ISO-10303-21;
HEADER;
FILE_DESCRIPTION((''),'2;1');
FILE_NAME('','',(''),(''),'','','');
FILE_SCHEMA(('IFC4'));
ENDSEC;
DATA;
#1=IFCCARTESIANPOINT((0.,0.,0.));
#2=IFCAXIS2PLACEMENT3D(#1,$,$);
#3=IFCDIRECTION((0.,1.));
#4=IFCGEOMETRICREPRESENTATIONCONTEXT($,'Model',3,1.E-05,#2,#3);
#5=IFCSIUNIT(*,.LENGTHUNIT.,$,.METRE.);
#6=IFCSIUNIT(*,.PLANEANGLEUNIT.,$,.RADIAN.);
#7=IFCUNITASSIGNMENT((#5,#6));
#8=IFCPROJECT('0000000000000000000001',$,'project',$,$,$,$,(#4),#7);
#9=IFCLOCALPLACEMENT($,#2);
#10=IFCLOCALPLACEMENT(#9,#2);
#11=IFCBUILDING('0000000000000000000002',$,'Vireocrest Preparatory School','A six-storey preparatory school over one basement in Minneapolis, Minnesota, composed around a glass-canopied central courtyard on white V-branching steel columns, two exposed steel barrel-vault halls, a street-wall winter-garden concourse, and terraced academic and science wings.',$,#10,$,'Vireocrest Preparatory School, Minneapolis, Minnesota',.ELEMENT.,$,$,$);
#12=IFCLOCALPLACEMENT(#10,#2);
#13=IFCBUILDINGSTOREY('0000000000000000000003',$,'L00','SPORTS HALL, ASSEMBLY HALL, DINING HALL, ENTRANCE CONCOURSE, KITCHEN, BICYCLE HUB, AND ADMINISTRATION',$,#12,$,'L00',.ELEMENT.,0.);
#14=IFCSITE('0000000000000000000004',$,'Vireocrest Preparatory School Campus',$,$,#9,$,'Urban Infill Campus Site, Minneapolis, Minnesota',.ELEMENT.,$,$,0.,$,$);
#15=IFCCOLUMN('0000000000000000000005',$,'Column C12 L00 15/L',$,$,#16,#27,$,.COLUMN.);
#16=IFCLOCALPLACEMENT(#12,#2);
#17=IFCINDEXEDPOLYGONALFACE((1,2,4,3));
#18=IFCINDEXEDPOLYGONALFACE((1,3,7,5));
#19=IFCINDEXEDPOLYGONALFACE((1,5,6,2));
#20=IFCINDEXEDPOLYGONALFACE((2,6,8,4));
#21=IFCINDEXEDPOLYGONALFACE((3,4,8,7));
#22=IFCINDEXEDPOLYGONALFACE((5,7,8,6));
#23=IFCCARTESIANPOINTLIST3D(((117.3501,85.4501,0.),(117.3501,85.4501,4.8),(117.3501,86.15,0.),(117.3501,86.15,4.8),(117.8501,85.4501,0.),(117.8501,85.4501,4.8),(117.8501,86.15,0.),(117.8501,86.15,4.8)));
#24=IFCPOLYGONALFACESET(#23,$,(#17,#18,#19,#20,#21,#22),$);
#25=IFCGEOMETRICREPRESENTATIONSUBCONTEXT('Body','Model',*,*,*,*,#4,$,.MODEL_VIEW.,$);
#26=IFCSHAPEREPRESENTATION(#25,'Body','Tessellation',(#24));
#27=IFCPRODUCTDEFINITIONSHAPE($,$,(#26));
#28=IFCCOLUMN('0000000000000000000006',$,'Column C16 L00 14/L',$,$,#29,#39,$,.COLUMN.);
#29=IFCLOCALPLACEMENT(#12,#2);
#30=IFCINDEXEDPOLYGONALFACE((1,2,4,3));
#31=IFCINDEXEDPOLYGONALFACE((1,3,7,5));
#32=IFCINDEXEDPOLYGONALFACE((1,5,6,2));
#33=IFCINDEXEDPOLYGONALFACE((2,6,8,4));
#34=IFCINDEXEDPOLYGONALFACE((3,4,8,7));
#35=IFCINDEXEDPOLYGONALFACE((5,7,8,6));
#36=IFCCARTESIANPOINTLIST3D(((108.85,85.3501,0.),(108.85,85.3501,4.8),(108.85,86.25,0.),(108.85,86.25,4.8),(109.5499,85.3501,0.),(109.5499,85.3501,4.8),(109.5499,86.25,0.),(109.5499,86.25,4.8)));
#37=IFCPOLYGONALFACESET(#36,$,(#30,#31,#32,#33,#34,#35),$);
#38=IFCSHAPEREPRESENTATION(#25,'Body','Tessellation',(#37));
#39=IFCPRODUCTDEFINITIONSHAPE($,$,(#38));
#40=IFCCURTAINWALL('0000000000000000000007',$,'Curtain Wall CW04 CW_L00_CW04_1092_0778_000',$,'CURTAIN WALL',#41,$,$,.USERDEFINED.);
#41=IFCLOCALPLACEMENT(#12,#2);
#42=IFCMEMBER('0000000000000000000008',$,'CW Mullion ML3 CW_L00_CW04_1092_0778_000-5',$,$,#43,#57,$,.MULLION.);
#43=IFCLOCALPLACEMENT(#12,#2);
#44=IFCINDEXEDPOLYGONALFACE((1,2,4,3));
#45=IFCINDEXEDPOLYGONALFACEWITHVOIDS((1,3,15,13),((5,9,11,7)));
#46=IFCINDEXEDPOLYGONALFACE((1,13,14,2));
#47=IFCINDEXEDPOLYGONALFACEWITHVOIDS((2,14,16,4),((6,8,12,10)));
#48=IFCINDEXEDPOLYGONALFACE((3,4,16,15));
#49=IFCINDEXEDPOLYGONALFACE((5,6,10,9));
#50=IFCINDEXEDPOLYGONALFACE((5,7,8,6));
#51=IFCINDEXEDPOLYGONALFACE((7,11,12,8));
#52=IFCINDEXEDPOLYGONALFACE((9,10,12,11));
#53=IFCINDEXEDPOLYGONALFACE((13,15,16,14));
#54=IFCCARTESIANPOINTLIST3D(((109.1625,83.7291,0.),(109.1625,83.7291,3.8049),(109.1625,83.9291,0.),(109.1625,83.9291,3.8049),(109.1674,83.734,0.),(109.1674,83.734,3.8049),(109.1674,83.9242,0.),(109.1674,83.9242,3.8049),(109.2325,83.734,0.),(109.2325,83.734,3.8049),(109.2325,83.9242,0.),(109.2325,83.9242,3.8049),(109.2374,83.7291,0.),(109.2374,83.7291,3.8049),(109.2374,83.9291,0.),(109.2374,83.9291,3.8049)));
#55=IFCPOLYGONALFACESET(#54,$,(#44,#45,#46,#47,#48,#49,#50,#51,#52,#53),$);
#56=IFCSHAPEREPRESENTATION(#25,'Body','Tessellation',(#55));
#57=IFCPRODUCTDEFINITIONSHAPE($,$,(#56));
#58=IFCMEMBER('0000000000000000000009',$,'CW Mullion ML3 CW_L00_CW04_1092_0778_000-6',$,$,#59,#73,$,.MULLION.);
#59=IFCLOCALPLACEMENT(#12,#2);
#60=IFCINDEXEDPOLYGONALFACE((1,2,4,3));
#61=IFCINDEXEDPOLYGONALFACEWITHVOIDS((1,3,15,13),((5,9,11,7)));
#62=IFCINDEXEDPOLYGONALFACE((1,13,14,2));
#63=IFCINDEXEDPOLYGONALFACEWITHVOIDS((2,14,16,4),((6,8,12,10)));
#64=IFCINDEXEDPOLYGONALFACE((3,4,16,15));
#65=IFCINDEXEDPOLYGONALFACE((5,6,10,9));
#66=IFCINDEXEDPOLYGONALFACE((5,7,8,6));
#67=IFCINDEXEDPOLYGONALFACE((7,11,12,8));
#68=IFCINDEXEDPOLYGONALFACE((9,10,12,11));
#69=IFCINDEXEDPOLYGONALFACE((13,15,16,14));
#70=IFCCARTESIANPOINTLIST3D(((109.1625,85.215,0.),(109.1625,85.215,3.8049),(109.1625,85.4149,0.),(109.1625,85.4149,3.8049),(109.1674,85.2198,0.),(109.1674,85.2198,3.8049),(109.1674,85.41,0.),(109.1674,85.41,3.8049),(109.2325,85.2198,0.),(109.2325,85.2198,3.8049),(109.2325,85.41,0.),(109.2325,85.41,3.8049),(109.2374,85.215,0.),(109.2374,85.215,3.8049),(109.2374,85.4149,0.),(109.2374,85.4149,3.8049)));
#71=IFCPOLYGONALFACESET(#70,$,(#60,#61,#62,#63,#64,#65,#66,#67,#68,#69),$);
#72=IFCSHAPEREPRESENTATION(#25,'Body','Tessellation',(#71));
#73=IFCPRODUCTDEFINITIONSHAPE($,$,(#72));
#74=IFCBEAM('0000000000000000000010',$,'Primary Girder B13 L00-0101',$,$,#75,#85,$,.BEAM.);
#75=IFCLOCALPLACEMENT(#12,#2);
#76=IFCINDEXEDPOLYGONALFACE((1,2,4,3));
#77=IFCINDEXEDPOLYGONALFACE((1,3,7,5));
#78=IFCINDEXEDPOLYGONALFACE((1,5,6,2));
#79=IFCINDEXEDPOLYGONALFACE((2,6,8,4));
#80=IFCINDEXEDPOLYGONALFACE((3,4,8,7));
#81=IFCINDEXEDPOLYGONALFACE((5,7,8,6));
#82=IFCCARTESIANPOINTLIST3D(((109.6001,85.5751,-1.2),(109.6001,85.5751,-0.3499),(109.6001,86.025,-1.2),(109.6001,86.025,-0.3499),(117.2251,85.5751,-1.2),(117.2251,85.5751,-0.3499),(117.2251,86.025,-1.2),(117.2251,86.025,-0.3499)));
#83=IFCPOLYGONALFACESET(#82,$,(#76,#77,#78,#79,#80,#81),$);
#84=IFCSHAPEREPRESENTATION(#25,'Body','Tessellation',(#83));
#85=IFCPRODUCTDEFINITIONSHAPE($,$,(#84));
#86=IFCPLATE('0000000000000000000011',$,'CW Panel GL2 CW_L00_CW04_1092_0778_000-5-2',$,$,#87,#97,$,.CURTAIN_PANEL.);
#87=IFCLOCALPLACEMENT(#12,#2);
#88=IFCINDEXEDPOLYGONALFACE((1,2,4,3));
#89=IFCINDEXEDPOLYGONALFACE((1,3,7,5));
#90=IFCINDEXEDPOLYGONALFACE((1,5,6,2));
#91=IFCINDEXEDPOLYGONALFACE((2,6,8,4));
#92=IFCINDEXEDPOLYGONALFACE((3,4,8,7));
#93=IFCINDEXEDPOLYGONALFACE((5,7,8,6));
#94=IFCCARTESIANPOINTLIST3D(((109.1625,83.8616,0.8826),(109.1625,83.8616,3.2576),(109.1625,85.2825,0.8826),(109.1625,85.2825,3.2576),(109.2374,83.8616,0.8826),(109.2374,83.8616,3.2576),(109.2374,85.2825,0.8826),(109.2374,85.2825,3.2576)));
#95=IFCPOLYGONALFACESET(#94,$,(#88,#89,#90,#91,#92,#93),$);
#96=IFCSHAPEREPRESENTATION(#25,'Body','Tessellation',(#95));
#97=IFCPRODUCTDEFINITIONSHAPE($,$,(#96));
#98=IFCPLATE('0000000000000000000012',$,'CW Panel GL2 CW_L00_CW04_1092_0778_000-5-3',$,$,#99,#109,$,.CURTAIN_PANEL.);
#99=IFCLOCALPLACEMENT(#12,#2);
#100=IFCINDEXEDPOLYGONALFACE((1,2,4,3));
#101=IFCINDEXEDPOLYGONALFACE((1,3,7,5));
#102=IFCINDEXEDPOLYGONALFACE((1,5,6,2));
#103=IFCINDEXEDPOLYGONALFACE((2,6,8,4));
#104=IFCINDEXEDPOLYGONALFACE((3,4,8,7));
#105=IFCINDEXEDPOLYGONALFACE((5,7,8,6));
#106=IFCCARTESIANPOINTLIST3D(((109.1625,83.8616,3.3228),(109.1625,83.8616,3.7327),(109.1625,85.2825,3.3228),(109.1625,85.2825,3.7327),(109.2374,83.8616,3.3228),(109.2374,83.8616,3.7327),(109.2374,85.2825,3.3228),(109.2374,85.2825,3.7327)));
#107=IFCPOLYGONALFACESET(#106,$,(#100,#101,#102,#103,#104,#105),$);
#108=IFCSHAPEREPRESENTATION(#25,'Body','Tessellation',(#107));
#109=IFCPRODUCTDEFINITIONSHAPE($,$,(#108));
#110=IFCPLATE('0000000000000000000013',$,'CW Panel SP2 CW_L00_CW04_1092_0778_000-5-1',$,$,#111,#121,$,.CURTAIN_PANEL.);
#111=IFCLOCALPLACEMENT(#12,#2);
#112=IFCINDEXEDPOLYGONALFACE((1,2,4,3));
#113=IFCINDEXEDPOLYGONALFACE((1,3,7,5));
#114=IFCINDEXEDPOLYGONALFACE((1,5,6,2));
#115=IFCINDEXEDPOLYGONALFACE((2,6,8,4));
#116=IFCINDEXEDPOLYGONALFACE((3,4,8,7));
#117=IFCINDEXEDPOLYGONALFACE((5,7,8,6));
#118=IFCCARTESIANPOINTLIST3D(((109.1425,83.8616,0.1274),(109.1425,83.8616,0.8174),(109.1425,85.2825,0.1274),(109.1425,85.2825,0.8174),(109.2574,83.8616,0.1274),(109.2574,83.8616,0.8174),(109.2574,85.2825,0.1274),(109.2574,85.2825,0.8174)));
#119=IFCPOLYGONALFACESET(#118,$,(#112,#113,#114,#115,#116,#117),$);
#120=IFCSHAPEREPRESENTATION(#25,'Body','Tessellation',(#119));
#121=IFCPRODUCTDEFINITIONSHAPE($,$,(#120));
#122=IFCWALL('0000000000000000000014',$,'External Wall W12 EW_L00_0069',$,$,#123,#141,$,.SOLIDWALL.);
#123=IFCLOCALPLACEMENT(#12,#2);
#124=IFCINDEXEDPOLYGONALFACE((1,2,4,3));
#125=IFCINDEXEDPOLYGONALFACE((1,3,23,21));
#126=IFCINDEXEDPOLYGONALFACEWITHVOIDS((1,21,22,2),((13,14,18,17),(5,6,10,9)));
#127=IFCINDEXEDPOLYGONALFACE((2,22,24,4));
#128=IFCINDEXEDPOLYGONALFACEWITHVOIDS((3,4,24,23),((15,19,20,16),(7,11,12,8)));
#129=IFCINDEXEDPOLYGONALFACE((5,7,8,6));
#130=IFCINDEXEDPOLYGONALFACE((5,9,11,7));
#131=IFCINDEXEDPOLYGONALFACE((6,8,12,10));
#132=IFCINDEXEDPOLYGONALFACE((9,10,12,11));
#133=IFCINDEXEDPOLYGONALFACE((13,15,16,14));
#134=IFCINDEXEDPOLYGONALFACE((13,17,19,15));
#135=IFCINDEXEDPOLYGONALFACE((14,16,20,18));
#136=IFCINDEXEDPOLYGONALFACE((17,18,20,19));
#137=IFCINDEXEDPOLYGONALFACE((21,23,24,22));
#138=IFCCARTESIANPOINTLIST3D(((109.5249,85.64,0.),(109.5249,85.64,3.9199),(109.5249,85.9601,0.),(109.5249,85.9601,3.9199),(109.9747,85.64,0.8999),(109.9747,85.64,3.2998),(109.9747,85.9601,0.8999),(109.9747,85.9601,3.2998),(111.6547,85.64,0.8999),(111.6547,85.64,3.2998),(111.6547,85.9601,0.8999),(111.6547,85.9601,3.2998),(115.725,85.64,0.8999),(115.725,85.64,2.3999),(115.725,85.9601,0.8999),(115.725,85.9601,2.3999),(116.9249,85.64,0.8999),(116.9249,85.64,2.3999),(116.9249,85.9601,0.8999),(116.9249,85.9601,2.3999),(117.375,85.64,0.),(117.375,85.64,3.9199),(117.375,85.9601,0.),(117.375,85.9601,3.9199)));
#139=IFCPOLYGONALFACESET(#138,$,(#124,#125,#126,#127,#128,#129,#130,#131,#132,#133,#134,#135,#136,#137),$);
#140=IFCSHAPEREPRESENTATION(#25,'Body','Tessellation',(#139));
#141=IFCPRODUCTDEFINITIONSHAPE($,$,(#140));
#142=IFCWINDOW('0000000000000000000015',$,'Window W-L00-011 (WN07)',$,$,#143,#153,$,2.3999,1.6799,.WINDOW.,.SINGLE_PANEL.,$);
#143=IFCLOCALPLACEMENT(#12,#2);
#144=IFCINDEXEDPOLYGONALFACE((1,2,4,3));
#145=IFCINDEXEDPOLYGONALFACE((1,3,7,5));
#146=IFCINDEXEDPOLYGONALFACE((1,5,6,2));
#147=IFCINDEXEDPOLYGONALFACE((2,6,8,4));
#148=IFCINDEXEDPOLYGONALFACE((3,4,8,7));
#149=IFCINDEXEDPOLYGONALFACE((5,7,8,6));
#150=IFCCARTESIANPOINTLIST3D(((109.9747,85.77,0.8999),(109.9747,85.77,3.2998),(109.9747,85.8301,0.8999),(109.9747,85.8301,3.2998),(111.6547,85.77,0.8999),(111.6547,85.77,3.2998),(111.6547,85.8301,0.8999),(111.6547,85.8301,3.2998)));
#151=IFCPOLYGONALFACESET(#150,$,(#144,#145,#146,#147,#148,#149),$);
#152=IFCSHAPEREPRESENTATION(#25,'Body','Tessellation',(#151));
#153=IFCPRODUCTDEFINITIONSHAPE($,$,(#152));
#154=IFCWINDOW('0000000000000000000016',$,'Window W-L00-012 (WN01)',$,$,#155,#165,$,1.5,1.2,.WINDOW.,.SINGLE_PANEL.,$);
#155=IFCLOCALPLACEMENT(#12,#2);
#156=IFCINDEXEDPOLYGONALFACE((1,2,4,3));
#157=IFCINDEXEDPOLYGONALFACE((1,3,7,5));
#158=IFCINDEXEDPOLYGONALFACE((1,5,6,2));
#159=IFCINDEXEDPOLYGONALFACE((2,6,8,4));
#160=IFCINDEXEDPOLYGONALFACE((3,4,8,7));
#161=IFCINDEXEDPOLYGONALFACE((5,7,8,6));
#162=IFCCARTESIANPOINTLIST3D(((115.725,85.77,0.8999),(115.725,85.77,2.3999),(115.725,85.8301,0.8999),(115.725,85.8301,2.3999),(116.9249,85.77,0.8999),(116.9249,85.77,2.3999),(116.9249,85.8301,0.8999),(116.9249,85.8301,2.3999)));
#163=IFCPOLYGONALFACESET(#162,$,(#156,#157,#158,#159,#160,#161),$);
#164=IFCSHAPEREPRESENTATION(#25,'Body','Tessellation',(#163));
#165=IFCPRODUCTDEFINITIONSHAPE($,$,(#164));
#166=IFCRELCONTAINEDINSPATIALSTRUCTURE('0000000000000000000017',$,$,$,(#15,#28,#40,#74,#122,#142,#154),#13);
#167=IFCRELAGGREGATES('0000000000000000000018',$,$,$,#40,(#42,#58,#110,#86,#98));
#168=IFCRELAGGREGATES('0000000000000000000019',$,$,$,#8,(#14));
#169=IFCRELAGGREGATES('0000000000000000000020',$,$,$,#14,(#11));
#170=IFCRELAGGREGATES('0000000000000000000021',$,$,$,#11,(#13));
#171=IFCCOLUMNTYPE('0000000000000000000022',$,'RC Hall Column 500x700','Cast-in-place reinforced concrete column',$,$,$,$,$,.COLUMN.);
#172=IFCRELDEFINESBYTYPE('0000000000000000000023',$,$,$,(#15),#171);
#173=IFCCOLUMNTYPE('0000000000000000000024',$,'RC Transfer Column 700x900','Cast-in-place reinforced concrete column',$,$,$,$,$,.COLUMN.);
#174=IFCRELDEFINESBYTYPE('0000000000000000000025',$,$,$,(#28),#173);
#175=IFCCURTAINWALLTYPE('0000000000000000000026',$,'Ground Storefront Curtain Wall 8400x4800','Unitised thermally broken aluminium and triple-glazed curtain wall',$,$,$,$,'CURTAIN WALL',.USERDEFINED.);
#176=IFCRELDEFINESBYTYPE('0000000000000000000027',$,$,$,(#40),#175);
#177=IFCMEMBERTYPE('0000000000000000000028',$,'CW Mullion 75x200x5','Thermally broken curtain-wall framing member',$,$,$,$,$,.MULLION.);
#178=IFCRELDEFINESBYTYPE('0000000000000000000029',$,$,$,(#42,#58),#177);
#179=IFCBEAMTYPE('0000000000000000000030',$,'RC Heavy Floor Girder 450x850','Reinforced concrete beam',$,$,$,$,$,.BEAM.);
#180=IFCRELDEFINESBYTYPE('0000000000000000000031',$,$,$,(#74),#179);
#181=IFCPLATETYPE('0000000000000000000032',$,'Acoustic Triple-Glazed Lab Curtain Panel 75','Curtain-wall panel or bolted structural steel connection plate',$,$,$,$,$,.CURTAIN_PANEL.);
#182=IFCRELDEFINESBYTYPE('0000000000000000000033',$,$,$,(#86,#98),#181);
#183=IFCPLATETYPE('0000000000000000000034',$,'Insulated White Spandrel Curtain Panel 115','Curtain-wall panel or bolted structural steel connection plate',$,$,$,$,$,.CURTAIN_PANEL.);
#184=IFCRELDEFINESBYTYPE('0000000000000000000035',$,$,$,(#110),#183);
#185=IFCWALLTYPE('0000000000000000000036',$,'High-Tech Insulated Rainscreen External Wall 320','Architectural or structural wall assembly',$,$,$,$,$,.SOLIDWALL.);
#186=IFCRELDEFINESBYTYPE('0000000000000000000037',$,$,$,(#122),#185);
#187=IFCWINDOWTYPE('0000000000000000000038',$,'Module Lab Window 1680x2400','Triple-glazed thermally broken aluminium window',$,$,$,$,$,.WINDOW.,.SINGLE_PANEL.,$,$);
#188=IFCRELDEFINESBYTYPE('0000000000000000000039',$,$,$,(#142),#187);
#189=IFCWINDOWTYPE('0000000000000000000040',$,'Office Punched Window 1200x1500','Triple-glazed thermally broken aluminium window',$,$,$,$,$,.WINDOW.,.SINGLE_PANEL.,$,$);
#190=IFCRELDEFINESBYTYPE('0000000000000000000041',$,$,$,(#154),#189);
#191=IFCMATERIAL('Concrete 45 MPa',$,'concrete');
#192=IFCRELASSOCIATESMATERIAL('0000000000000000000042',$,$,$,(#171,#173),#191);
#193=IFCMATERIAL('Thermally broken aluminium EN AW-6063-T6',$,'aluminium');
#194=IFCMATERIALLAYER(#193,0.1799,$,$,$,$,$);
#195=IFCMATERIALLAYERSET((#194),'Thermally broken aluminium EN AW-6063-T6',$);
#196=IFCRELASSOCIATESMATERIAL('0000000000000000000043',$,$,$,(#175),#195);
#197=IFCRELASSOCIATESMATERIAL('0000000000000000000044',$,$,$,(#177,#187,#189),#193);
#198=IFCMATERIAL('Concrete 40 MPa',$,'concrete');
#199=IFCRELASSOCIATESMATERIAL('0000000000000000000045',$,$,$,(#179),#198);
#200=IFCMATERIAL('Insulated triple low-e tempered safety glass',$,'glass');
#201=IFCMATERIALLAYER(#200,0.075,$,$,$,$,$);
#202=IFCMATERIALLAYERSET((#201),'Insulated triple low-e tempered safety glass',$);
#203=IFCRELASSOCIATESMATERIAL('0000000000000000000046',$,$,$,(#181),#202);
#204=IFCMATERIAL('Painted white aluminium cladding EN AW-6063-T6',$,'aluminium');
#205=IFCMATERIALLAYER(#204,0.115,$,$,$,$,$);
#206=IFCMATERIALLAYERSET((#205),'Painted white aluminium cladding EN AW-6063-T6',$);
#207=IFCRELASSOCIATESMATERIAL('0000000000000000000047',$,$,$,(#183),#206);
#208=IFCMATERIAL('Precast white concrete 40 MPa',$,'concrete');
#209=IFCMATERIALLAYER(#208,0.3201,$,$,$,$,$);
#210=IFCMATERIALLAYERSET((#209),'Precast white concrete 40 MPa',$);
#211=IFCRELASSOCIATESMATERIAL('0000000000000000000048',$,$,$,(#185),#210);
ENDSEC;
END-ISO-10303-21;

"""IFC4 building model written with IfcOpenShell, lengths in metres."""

from ifc_helpers import new_model, si_unit, direction, frame, frame_2d, origin, origin_2d, place, context, subcontext, project, spatial, rectangle, hollow_rectangle, extrude, material, layer, layer_set, material_profile, profile_set, type_object, element, fill, aggregate, save


model = new_model("IFC4")

# Units and contexts
model_context = context("Model", 3, precision=1e-05, world=origin(), true_north=direction((0.0, 1.0)))
body_context = subcontext(model_context, "Body", "Model", "MODEL_VIEW")
ifc_project = project(units=[si_unit("LENGTHUNIT", "METRE"), si_unit("PLANEANGLEUNIT", "RADIAN")], contexts=[model_context])

# Site, building, storey
site_placement = place(None, origin())
site = spatial("IfcSite", under=ifc_project, at=site_placement, Name="Vireocrest Preparatory School Campus", LongName="Urban Infill Campus Site, Minneapolis, Minnesota", CompositionType="ELEMENT", RefElevation=0.0)
building_placement = place(site_placement, origin())
building = spatial("IfcBuilding", under=site, at=building_placement, Name="Vireocrest Preparatory School", Description="A six-storey preparatory school over one basement in Minneapolis, Minnesota, composed around a glass-canopied central courtyard on white V-branching steel columns, two exposed steel barrel-vault halls, a street-wall winter-garden concourse, and terraced academic and science wings.", LongName="Vireocrest Preparatory School, Minneapolis, Minnesota", CompositionType="ELEMENT")
storey_placement = place(building_placement, origin())
storey = spatial("IfcBuildingStorey", under=building, at=storey_placement, Name="L00", Description="SPORTS HALL, ASSEMBLY HALL, DINING HALL, ENTRANCE CONCOURSE, KITCHEN, BICYCLE HUB, AND ADMINISTRATION", LongName="L00", CompositionType="ELEMENT", Elevation=0.0)

# Columns
ifc_material_1 = material(Name="Concrete 45 MPa", Category="concrete")
ifc_material_profile_1 = material_profile(ifc_material_1, rectangle(XDim=0.5, YDim=0.7, at=origin_2d()), Name="RC 500x700")
ifc_profile_set_1 = profile_set([ifc_material_profile_1], Name="Concrete 45 MPa")
column_type_1 = type_object("IfcColumnType", Name="RC Hall Column 500x700", Description="Cast-in-place reinforced concrete column", PredefinedType="COLUMN", material=ifc_profile_set_1)
column_1_placement = place(storey_placement, frame((117.6001, 85.8, 0.0), z_axis=(0.0, 0.0, 1.0), x_axis=(1.0, 0.0, 0.0)))
element("IfcColumn", 1, at=column_1_placement, inside=storey, type_object=column_type_1, Name="Column C12 L00 15/L", PredefinedType="COLUMN", context=body_context, shape_type="SweptSolid", body=[
    extrude(rectangle(XDim=0.5, YDim=0.7, at=origin_2d()), origin(), (0.0, 0.0, 1.0), 4.8),
])
ifc_material_profile_2 = material_profile(ifc_material_1, rectangle(XDim=0.7, YDim=0.8999, at=origin_2d()), Name="RC 700x900")
ifc_profile_set_2 = profile_set([ifc_material_profile_2], Name="Concrete 45 MPa")
column_type_2 = type_object("IfcColumnType", Name="RC Transfer Column 700x900", Description="Cast-in-place reinforced concrete column", PredefinedType="COLUMN", material=ifc_profile_set_2)
column_2_placement = place(storey_placement, frame((109.2, 85.8, 0.0), z_axis=(0.0, 0.0, 1.0), x_axis=(1.0, 0.0, 0.0)))
element("IfcColumn", 2, at=column_2_placement, inside=storey, type_object=column_type_2, Name="Column C16 L00 14/L", PredefinedType="COLUMN", context=body_context, shape_type="SweptSolid", body=[
    extrude(rectangle(XDim=0.7, YDim=0.8999, at=origin_2d()), origin(), (0.0, 0.0, 1.0), 4.8),
])

# Curtain wall, members
ifc_material_2 = material(Name="Thermally broken aluminium EN AW-6063-T6", Category="aluminium")
ifc_layer_1 = layer(ifc_material_2, 0.1799)
ifc_layer_set_1 = layer_set([ifc_layer_1], Name="Thermally broken aluminium EN AW-6063-T6")
curtain_wall_type = type_object("IfcCurtainWallType", Name="Ground Storefront Curtain Wall 8400x4800", Description="Unitised thermally broken aluminium and triple-glazed curtain wall", ElementType="CURTAIN WALL", PredefinedType="USERDEFINED", material=ifc_layer_set_1)
curtain_wall_placement = place(storey_placement, origin())
curtain_wall = element("IfcCurtainWall", 3, at=curtain_wall_placement, inside=storey, type_object=curtain_wall_type, Name="Curtain Wall CW04 CW_L00_CW04_1092_0778_000", ObjectType="CURTAIN WALL", PredefinedType="USERDEFINED")
ifc_material_profile_3 = material_profile(ifc_material_2, hollow_rectangle(XDim=0.075, YDim=0.2, WallThickness=0.0049, at=origin_2d()), Name="ALU 75x200x5")
ifc_profile_set_3 = profile_set([ifc_material_profile_3], Name="Thermally broken aluminium EN AW-6063-T6")
member_type = type_object("IfcMemberType", Name="CW Mullion 75x200x5", Description="Thermally broken curtain-wall framing member", PredefinedType="MULLION", material=ifc_profile_set_3)
member_1_placement = place(storey_placement, frame((109.2, 83.8291, 0.0), z_axis=(0.0, 0.0, 1.0), x_axis=(1.0, 0.0, 0.0)))
member_1 = element("IfcMember", 4, at=member_1_placement, type_object=member_type, Name="CW Mullion ML3 CW_L00_CW04_1092_0778_000-5", PredefinedType="MULLION", context=body_context, shape_type="SweptSolid", body=[
    extrude(hollow_rectangle(XDim=0.075, YDim=0.2, WallThickness=0.0049, at=origin_2d()), origin(), (0.0, 0.0, 1.0), 3.8049),
])
member_2_placement = place(storey_placement, frame((109.2, 85.3149, 0.0), z_axis=(0.0, 0.0, 1.0), x_axis=(1.0, 0.0, 0.0)))
member_2 = element("IfcMember", 5, at=member_2_placement, type_object=member_type, Name="CW Mullion ML3 CW_L00_CW04_1092_0778_000-6", PredefinedType="MULLION", context=body_context, shape_type="SweptSolid", body=[
    extrude(hollow_rectangle(XDim=0.075, YDim=0.2, WallThickness=0.0049, at=origin_2d()), origin(), (0.0, 0.0, 1.0), 3.8049),
])

# Beam
ifc_material_3 = material(Name="Concrete 40 MPa", Category="concrete")
ifc_material_profile_4 = material_profile(ifc_material_3, rectangle(XDim=0.45, YDim=0.8501, at=origin_2d()), Name="RC 450x850")
ifc_profile_set_4 = profile_set([ifc_material_profile_4], Name="Concrete 40 MPa")
beam_type = type_object("IfcBeamType", Name="RC Heavy Floor Girder 450x850", Description="Reinforced concrete beam", PredefinedType="BEAM", material=ifc_profile_set_4)
beam_placement = place(storey_placement, frame((109.6001, 85.8, -0.7749), z_axis=(1.0, 0.0, 0.0), x_axis=(0.0, 1.0, 0.0)))
element("IfcBeam", 6, at=beam_placement, inside=storey, type_object=beam_type, Name="Primary Girder B13 L00-0101", PredefinedType="BEAM", context=body_context, shape_type="SweptSolid", body=[
    extrude(rectangle(XDim=0.45, YDim=0.8501, at=origin_2d()), origin(), (0.0, 0.0, 1.0), 7.625),
])

# Plates
ifc_material_4 = material(Name="Insulated triple low-e tempered safety glass", Category="glass")
ifc_layer_2 = layer(ifc_material_4, 0.075)
ifc_layer_set_2 = layer_set([ifc_layer_2], Name="Insulated triple low-e tempered safety glass")
plate_type_1 = type_object("IfcPlateType", Name="Acoustic Triple-Glazed Lab Curtain Panel 75", Description="Curtain-wall panel or bolted structural steel connection plate", PredefinedType="CURTAIN_PANEL", material=ifc_layer_set_2)
plate_1_placement = place(storey_placement, frame((109.2, 84.572, 0.8826), z_axis=(0.0, 0.0, 1.0), x_axis=(0.0, 1.0, 0.0)))
plate_1 = element("IfcPlate", 7, at=plate_1_placement, type_object=plate_type_1, Name="CW Panel GL2 CW_L00_CW04_1092_0778_000-5-2", PredefinedType="CURTAIN_PANEL", context=body_context, shape_type="SweptSolid", body=[
    extrude(rectangle(XDim=1.4209, YDim=0.075, at=origin_2d()), origin(), (0.0, 0.0, 1.0), 2.375),
])
plate_2_placement = place(storey_placement, frame((109.2, 84.572, 3.3228), z_axis=(0.0, 0.0, 1.0), x_axis=(0.0, 1.0, 0.0)))
plate_2 = element("IfcPlate", 8, at=plate_2_placement, type_object=plate_type_1, Name="CW Panel GL2 CW_L00_CW04_1092_0778_000-5-3", PredefinedType="CURTAIN_PANEL", context=body_context, shape_type="SweptSolid", body=[
    extrude(rectangle(XDim=1.4209, YDim=0.075, at=origin_2d()), origin(), (0.0, 0.0, 1.0), 0.4099),
])
ifc_material_5 = material(Name="Painted white aluminium cladding EN AW-6063-T6", Category="aluminium")
ifc_layer_3 = layer(ifc_material_5, 0.115)
ifc_layer_set_3 = layer_set([ifc_layer_3], Name="Painted white aluminium cladding EN AW-6063-T6")
plate_type_2 = type_object("IfcPlateType", Name="Insulated White Spandrel Curtain Panel 115", Description="Curtain-wall panel or bolted structural steel connection plate", PredefinedType="CURTAIN_PANEL", material=ifc_layer_set_3)
plate_3_placement = place(storey_placement, frame((109.2, 84.572, 0.1274), z_axis=(0.0, 0.0, 1.0), x_axis=(0.0, 1.0, 0.0)))
plate_3 = element("IfcPlate", 9, at=plate_3_placement, type_object=plate_type_2, Name="CW Panel SP2 CW_L00_CW04_1092_0778_000-5-1", PredefinedType="CURTAIN_PANEL", context=body_context, shape_type="SweptSolid", body=[
    extrude(rectangle(XDim=1.4209, YDim=0.115, at=origin_2d()), origin(), (0.0, 0.0, 1.0), 0.6899),
])
aggregate(curtain_wall, [member_1, member_2, plate_3, plate_1, plate_2])

# Wall, openings, windows
ifc_material_6 = material(Name="Precast white concrete 40 MPa", Category="concrete")
ifc_layer_4 = layer(ifc_material_6, 0.3201)
ifc_layer_set_4 = layer_set([ifc_layer_4], Name="Precast white concrete 40 MPa")
wall_type = type_object("IfcWallType", Name="High-Tech Insulated Rainscreen External Wall 320", Description="Architectural or structural wall assembly", PredefinedType="SOLIDWALL", material=ifc_layer_set_4)
wall_placement = place(storey_placement, frame((109.5249, 85.8, 0.0), z_axis=(0.0, 0.0, 1.0), x_axis=(1.0, 0.0, 0.0)))
wall = element("IfcWall", 10, at=wall_placement, inside=storey, type_object=wall_type, Name="External Wall W12 EW_L00_0069", PredefinedType="SOLIDWALL", context=body_context, shape_type="SweptSolid", body=[
    extrude(rectangle(XDim=7.8501, YDim=0.3201, at=frame_2d((3.925, 0.0))), origin(), (0.0, 0.0, 1.0), 3.9199),
])
opening_1_placement = place(wall_placement, frame((0.45, 0.0, 0.8999)))
opening_1 = element("IfcOpeningElement", 11, at=opening_1_placement, cuts=wall, PredefinedType="OPENING", context=body_context, shape_type="SweptSolid", body=[
    extrude(rectangle(XDim=1.6799, YDim=2.3999, at=frame_2d((0.8398, 1.2))), frame((0.0, 0.1699, 0.0), z_axis=(0.0, -1.0, 0.0), x_axis=(1.0, 0.0, 0.0)), (0.0, 0.0, 1.0), 0.3401),
])
opening_2_placement = place(wall_placement, frame((6.2, 0.0, 0.8999)))
opening_2 = element("IfcOpeningElement", 12, at=opening_2_placement, cuts=wall, PredefinedType="OPENING", context=body_context, shape_type="SweptSolid", body=[
    extrude(rectangle(XDim=1.2, YDim=1.5, at=frame_2d((0.6001, 0.75))), frame((0.0, 0.1699, 0.0), z_axis=(0.0, -1.0, 0.0), x_axis=(1.0, 0.0, 0.0)), (0.0, 0.0, 1.0), 0.3401),
])
window_type_1 = type_object("IfcWindowType", Name="Module Lab Window 1680x2400", Description="Triple-glazed thermally broken aluminium window", PartitioningType="SINGLE_PANEL", PredefinedType="WINDOW", material=ifc_material_2)
window_1_placement = place(opening_1_placement, origin())
window_1 = element("IfcWindow", 13, at=window_1_placement, inside=storey, type_object=window_type_1, Name="Window W-L00-011 (WN07)", OverallHeight=2.3999, OverallWidth=1.6799, PartitioningType="SINGLE_PANEL", PredefinedType="WINDOW", context=body_context, shape_type="SweptSolid", body=[
    extrude(rectangle(XDim=1.6799, YDim=2.3999, at=frame_2d((0.8398, 1.2))), frame((0.0, 0.03, 0.0), z_axis=(0.0, -1.0, 0.0), x_axis=(1.0, 0.0, 0.0)), (0.0, 0.0, 1.0), 0.0601),
])
fill(opening_1, window_1)
window_type_2 = type_object("IfcWindowType", Name="Office Punched Window 1200x1500", Description="Triple-glazed thermally broken aluminium window", PartitioningType="SINGLE_PANEL", PredefinedType="WINDOW", material=ifc_material_2)
window_2_placement = place(opening_2_placement, origin())
window_2 = element("IfcWindow", 14, at=window_2_placement, inside=storey, type_object=window_type_2, Name="Window W-L00-012 (WN01)", OverallHeight=1.5, OverallWidth=1.2, PartitioningType="SINGLE_PANEL", PredefinedType="WINDOW", context=body_context, shape_type="SweptSolid", body=[
    extrude(rectangle(XDim=1.2, YDim=1.5, at=frame_2d((0.6001, 0.75))), frame((0.0, 0.03, 0.0), z_axis=(0.0, -1.0, 0.0), x_axis=(1.0, 0.0, 0.0)), (0.0, 0.0, 1.0), 0.0601),
])
fill(opening_2, window_2)

save(model, "model.ifc")
